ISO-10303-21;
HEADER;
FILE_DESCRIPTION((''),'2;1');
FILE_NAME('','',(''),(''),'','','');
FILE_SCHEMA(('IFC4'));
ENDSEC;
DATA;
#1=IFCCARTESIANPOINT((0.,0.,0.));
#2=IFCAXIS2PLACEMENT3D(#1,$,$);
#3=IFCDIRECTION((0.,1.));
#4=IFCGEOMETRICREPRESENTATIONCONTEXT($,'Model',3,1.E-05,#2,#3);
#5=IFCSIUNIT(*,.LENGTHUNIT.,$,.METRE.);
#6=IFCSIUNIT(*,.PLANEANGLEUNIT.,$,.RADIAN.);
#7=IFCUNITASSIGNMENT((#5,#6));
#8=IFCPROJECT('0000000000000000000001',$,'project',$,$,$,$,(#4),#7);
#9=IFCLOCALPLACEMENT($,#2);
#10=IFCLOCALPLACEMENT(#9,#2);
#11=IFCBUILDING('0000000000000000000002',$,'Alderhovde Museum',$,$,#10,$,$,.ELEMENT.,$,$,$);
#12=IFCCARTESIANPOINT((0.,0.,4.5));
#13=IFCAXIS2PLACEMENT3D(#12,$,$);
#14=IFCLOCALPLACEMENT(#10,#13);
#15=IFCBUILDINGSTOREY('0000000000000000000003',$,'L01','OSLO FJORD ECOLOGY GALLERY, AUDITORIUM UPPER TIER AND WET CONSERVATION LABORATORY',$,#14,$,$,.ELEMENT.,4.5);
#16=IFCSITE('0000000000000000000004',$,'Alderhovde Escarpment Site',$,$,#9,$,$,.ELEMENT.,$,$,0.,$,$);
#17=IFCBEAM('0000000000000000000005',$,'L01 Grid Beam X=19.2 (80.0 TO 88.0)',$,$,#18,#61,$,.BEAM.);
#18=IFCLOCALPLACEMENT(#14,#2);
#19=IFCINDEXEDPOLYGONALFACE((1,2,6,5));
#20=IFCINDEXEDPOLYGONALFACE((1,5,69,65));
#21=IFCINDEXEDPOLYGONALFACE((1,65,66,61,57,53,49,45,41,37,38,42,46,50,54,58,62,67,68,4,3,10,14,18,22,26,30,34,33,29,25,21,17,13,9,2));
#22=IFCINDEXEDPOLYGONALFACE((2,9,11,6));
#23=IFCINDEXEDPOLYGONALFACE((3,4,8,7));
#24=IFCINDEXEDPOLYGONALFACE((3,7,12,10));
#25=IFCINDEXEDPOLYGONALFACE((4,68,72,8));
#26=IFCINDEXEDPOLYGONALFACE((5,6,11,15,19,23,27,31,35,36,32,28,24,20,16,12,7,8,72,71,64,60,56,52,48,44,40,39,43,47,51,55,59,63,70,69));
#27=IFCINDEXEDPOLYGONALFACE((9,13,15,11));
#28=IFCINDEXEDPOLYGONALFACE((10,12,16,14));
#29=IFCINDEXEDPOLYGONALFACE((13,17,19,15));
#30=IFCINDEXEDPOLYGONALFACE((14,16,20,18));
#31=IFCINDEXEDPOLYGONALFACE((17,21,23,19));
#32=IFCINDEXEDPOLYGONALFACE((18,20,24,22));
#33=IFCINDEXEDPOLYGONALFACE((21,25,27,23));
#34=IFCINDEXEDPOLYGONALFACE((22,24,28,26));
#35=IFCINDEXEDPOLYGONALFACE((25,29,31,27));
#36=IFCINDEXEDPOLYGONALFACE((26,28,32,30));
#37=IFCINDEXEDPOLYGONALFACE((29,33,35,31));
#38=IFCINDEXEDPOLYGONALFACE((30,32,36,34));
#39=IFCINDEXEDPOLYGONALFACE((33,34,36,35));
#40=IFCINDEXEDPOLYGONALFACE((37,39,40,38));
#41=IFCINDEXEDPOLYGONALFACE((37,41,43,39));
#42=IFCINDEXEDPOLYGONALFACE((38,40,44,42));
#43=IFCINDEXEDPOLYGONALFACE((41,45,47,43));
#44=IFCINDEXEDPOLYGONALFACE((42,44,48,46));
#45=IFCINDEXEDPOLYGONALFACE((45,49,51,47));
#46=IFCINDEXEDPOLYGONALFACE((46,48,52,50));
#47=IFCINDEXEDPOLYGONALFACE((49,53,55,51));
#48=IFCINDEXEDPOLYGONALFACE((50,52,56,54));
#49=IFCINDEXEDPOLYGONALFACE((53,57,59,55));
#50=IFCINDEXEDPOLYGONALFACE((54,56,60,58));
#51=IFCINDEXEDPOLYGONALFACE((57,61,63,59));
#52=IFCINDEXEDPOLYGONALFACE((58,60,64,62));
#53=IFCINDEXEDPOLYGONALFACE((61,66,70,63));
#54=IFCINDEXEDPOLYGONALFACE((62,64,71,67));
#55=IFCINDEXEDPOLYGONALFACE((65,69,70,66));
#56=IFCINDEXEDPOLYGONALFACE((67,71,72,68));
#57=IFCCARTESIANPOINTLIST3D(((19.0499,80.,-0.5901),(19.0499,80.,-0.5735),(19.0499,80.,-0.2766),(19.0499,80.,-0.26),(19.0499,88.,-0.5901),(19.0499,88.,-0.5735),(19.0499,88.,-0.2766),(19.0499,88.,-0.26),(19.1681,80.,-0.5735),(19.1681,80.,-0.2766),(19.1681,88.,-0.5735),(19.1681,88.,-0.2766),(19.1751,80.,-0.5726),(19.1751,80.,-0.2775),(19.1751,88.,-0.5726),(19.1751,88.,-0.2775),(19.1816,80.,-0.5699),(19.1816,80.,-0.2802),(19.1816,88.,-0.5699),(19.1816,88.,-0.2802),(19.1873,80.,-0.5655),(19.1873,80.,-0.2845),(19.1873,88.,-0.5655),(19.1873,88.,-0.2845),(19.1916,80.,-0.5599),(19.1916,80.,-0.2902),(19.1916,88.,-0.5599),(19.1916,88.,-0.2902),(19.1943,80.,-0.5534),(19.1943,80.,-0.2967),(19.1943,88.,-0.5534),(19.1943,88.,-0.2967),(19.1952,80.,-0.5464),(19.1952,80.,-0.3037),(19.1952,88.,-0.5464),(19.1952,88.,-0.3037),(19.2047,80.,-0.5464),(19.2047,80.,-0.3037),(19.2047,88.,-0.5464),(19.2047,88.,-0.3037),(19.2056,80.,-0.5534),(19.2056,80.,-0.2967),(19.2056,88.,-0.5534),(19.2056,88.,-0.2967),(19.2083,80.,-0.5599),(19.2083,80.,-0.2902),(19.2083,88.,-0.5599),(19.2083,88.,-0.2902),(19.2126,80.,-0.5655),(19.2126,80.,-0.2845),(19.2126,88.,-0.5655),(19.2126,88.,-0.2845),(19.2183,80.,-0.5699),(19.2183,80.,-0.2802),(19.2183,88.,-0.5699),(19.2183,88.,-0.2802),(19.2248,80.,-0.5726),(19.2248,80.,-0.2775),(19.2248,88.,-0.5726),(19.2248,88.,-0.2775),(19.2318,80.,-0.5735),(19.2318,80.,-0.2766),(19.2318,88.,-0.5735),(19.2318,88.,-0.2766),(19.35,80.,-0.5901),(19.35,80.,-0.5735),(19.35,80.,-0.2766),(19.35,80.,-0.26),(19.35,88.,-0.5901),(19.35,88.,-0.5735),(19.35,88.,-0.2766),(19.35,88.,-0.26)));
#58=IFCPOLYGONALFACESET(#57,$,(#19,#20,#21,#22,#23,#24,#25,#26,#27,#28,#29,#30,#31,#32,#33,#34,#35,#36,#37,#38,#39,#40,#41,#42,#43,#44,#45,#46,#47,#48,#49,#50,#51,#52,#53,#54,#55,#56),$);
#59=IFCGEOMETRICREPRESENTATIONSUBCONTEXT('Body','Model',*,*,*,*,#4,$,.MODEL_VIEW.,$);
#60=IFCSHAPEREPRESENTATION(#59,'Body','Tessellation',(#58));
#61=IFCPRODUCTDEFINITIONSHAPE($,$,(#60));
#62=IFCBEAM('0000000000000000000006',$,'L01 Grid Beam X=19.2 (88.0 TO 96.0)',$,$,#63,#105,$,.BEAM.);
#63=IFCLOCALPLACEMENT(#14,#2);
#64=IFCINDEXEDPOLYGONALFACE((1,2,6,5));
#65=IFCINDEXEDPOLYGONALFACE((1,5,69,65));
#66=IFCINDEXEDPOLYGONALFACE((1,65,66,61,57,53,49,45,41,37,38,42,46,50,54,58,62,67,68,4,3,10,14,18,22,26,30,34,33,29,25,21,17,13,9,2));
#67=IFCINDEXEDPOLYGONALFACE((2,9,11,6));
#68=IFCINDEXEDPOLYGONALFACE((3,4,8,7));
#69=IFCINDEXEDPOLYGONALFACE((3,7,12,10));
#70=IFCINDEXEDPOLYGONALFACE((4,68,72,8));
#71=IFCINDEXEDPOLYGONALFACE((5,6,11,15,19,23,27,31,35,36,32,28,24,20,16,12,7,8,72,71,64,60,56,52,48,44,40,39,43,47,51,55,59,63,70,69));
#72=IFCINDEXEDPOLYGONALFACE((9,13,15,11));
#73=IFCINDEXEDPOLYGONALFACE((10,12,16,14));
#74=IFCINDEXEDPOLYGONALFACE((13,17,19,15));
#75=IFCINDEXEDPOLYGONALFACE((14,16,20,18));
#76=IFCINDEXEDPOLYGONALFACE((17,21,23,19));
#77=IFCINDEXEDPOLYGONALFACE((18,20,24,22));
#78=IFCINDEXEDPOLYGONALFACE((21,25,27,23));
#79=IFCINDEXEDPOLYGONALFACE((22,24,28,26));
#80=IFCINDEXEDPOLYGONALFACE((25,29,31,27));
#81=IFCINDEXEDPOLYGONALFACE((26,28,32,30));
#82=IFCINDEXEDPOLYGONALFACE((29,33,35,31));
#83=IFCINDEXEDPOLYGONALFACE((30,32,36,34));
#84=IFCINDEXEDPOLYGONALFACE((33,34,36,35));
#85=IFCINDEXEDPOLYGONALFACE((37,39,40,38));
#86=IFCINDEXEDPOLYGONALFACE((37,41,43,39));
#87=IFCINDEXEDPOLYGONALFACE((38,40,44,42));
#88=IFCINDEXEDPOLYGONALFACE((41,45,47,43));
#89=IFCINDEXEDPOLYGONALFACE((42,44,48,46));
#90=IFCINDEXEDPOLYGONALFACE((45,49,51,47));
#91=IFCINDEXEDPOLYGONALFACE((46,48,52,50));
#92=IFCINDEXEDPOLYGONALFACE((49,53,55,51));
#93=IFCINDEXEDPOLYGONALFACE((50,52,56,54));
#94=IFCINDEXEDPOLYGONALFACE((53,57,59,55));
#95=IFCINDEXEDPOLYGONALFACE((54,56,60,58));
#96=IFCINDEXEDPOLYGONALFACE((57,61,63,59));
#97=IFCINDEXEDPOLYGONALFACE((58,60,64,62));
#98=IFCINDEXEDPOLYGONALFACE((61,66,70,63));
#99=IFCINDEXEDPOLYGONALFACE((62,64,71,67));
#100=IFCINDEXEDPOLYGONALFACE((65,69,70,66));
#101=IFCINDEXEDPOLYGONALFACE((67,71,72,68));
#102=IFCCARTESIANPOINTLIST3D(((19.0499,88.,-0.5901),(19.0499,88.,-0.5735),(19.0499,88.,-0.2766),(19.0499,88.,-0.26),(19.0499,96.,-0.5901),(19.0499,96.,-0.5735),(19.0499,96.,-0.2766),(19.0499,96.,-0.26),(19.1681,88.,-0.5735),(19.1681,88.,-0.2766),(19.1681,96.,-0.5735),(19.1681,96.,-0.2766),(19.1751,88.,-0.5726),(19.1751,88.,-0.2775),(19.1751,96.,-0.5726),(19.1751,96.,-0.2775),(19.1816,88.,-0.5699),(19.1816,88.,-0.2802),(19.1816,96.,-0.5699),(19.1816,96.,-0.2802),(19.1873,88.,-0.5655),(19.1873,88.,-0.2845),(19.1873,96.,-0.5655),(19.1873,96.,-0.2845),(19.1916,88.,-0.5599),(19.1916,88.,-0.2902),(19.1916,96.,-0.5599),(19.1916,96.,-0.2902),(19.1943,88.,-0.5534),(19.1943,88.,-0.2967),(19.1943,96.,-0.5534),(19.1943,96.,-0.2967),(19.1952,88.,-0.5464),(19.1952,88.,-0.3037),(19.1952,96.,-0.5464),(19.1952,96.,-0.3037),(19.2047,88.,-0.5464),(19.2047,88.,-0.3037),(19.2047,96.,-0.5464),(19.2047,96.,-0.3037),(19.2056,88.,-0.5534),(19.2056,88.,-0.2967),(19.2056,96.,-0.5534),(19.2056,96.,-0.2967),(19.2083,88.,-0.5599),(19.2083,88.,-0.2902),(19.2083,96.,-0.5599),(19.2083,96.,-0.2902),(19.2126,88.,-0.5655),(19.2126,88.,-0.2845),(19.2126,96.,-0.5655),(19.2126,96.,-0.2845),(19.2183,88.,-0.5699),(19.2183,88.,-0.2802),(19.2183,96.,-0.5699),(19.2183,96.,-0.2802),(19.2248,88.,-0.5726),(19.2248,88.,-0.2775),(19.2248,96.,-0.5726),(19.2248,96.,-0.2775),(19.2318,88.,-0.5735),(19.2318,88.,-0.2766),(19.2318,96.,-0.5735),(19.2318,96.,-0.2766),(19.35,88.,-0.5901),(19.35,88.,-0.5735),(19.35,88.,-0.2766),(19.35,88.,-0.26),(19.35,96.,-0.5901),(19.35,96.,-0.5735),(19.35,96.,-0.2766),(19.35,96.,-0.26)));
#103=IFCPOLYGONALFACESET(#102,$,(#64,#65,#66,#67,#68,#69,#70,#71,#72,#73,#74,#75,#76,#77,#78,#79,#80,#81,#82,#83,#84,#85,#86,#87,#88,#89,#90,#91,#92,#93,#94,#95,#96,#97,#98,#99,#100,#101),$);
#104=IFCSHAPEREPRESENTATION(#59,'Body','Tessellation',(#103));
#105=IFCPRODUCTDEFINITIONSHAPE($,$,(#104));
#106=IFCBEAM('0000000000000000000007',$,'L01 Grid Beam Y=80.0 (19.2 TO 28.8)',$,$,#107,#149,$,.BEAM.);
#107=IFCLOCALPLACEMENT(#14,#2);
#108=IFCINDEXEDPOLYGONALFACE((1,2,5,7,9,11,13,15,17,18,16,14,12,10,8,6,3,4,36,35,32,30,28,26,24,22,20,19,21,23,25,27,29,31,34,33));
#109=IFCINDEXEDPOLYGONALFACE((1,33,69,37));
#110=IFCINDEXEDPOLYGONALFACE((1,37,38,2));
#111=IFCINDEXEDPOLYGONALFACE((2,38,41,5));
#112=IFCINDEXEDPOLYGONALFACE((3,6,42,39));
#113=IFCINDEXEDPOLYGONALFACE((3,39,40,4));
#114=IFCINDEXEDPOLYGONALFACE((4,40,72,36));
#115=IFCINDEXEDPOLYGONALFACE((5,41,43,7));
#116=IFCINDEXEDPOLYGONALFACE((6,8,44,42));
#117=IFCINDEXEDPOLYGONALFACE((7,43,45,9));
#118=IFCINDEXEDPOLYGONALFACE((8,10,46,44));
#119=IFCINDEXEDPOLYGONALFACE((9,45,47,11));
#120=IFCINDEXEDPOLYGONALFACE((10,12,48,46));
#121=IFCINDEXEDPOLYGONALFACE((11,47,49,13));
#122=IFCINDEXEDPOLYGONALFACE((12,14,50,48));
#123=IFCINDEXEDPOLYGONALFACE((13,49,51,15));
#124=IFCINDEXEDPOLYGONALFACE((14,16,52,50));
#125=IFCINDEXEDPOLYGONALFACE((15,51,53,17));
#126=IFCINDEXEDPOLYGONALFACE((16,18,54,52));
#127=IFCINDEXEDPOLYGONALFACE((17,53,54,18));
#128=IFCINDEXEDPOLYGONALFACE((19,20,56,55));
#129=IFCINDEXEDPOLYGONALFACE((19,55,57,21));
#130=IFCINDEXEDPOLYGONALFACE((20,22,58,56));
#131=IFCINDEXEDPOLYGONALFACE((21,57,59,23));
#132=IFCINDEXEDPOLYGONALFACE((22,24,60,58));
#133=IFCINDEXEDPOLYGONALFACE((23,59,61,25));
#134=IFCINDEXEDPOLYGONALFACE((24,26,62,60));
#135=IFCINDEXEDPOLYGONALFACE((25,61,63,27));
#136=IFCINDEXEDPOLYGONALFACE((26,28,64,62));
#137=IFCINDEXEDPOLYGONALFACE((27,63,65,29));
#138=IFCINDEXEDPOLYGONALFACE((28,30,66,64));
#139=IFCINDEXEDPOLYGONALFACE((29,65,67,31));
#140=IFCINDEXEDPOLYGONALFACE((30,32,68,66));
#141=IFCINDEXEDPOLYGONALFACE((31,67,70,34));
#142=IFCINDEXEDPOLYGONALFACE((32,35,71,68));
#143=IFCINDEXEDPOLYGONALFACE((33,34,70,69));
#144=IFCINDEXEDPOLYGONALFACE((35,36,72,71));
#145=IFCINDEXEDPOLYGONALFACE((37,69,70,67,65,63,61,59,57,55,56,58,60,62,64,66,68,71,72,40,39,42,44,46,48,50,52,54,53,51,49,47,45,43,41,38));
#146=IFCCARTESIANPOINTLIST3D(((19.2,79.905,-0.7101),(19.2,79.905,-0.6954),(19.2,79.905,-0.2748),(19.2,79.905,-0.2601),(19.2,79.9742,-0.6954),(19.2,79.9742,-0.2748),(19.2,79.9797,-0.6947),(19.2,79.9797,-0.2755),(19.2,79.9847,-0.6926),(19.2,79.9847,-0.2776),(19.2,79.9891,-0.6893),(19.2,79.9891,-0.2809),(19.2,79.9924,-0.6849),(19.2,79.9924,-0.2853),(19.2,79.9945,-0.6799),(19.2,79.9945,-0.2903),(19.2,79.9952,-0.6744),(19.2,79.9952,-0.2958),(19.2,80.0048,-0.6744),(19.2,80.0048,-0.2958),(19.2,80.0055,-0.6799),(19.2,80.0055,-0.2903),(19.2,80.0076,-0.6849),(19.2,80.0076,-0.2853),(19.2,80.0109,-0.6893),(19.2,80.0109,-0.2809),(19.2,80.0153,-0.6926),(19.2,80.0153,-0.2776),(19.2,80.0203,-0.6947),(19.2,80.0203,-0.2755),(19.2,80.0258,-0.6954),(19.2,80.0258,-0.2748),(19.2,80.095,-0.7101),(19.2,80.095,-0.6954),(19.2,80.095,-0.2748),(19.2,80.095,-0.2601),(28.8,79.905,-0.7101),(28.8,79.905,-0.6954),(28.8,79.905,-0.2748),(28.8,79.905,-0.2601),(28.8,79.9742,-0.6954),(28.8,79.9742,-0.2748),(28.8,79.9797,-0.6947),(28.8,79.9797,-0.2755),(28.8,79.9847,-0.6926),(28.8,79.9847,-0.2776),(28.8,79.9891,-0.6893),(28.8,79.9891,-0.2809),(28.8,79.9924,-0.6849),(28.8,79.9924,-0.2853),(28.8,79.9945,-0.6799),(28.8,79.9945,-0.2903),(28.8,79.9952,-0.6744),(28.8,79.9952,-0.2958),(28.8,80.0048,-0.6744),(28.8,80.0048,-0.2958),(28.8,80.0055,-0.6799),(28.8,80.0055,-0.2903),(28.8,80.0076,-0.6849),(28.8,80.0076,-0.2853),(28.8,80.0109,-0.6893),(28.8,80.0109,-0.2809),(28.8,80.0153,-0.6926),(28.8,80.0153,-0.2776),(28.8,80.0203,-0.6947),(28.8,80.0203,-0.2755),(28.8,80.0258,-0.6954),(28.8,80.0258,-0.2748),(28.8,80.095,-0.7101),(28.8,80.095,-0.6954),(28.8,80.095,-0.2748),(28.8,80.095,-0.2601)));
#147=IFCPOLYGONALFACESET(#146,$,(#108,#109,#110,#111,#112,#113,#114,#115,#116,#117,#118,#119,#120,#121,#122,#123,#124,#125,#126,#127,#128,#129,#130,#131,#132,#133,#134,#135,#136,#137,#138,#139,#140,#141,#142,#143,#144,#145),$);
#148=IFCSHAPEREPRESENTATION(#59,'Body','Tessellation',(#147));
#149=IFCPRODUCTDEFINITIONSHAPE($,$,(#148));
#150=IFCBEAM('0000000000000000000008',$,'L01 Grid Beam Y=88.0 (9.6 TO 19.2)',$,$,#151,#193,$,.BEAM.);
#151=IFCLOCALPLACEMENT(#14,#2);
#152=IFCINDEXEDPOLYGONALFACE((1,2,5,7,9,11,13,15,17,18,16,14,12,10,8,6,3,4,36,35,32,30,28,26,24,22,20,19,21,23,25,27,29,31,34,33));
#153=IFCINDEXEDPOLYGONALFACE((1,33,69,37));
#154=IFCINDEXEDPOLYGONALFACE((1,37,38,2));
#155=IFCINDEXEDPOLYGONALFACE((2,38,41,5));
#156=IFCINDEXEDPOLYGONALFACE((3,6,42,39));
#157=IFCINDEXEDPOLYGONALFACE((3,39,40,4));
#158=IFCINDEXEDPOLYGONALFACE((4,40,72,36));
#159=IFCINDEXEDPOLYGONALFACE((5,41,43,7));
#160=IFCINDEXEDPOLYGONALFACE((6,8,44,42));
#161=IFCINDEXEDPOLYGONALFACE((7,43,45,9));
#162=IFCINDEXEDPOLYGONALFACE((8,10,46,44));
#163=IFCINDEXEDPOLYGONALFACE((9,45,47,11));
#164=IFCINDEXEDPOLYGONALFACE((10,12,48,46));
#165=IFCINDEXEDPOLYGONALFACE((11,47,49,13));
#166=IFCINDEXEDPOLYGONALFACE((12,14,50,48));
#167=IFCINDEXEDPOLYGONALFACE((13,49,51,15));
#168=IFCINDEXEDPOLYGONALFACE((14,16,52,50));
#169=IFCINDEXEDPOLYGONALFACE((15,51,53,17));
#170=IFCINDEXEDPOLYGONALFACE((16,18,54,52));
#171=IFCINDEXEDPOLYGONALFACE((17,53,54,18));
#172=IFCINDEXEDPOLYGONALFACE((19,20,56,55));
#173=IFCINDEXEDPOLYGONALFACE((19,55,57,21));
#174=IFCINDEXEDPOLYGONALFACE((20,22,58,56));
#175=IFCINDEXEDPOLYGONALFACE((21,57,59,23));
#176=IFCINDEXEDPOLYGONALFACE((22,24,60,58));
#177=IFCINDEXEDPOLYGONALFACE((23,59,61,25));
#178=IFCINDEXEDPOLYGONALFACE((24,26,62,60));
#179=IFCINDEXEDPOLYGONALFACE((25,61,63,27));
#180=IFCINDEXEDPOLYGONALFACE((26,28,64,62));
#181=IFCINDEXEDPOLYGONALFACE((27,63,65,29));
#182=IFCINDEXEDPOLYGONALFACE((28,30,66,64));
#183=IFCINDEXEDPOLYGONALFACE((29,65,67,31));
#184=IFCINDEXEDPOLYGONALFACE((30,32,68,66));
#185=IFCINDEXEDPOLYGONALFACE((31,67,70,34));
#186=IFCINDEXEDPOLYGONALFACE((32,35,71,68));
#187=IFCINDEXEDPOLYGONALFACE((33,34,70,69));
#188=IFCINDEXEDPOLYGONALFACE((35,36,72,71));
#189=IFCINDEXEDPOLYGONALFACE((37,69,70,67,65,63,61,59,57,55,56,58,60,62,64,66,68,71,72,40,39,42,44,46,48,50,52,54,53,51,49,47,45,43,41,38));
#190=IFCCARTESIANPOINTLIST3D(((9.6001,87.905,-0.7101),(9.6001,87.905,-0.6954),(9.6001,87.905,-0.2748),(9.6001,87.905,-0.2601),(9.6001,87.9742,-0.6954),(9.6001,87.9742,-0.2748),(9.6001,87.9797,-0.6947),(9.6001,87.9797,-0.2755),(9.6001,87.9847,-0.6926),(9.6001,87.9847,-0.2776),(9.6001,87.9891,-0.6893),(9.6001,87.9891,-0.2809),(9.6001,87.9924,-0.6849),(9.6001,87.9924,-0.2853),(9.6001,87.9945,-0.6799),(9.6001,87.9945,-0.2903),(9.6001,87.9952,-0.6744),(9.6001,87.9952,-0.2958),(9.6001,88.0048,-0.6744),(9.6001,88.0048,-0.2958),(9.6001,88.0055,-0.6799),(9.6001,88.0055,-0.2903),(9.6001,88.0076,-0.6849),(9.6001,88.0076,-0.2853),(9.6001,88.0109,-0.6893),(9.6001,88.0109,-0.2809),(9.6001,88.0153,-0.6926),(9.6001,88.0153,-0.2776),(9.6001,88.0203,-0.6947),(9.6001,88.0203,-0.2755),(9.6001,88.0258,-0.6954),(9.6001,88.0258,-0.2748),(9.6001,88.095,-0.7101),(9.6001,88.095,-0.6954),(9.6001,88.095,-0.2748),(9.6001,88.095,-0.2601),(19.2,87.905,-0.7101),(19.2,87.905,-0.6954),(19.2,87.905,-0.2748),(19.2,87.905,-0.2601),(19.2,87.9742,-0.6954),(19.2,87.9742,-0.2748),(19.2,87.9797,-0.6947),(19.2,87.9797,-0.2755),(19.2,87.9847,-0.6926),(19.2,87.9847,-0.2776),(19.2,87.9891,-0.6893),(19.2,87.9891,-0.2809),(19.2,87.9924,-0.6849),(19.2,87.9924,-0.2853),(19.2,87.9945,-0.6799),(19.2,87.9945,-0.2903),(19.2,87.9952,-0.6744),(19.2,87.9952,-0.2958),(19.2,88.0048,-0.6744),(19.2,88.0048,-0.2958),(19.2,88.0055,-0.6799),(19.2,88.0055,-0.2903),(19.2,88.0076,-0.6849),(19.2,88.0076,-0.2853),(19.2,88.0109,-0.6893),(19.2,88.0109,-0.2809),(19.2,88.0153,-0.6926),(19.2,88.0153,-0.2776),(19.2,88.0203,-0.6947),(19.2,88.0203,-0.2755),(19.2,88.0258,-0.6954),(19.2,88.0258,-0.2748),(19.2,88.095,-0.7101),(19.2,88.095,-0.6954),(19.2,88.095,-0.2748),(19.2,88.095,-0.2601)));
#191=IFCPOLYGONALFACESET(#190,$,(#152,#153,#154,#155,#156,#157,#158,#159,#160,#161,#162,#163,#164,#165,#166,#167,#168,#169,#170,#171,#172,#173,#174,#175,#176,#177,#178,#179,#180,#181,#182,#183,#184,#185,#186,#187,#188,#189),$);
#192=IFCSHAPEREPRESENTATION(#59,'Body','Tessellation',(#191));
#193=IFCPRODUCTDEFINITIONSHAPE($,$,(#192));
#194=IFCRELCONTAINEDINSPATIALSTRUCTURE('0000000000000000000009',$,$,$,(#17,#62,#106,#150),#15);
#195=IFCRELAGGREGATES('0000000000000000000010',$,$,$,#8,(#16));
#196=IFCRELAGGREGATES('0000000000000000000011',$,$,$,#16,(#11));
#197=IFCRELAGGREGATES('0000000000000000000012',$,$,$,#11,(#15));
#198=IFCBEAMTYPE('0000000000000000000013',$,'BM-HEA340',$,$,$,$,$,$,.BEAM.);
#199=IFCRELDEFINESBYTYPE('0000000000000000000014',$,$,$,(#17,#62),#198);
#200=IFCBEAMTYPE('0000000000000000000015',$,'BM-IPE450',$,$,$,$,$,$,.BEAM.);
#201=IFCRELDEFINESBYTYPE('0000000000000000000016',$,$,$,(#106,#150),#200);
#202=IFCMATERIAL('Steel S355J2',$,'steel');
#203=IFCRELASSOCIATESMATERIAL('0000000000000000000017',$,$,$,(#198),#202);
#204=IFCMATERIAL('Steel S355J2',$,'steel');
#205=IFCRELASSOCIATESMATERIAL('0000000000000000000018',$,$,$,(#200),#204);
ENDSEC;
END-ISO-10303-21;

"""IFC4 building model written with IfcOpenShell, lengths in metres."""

from ifc_helpers import new_model, si_unit, direction, frame, origin, origin_2d, place, context, subcontext, project, spatial, i_section, extrude, material, material_profile, profile_set, type_object, element, save


model = new_model("IFC4")

# Units and contexts
model_context = context("Model", 3, precision=1e-05, world=origin(), true_north=direction((0.0, 1.0)))
body_context = subcontext(model_context, "Body", "Model", "MODEL_VIEW")
ifc_project = project(units=[si_unit("LENGTHUNIT", "METRE"), si_unit("PLANEANGLEUNIT", "RADIAN")], contexts=[model_context])

# Site, building, storey
site_placement = place(None, origin())
site = spatial("IfcSite", under=ifc_project, at=site_placement, Name="Alderhovde Escarpment Site", CompositionType="ELEMENT", RefElevation=0.0)
building_placement = place(site_placement, origin())
building = spatial("IfcBuilding", under=site, at=building_placement, Name="Alderhovde Museum", CompositionType="ELEMENT")
storey_placement = place(building_placement, frame((0.0, 0.0, 4.5)))
storey = spatial("IfcBuildingStorey", under=building, at=storey_placement, Name="L01", Description="OSLO FJORD ECOLOGY GALLERY, AUDITORIUM UPPER TIER AND WET CONSERVATION LABORATORY", CompositionType="ELEMENT", Elevation=4.5)

# Beams
ifc_material_1 = material(Name="Steel S355J2", Category="steel")
ifc_material_profile_1 = material_profile(ifc_material_1, i_section(OverallWidth=0.3, OverallDepth=0.3301, WebThickness=0.0095, FlangeThickness=0.0166, FilletRadius=0.0271, at=origin_2d()), Name="HEA 340")
ifc_profile_set_1 = profile_set([ifc_material_profile_1], Name="Steel S355J2")
beam_type_1 = type_object("IfcBeamType", Name="BM-HEA340", PredefinedType="BEAM", material=ifc_profile_set_1)
for number, where, z_axis, x_axis, name in (
    (1, (19.2, 80.0, -0.425), (0.0, 1.0, 0.0), (-1.0, 0.0, 0.0), "L01 Grid Beam X=19.2 (80.0 TO 88.0)"),
    (2, (19.2, 88.0, -0.425), (0.0, 1.0, 0.0), (-1.0, 0.0, 0.0), "L01 Grid Beam X=19.2 (88.0 TO 96.0)"),
):
    element("IfcBeam", number, at=place(storey_placement, frame(where, z_axis=z_axis, x_axis=x_axis)), inside=storey, type_object=beam_type_1, Name=name, PredefinedType="BEAM", context=body_context, shape_type="SweptSolid", body=[
        extrude(i_section(OverallWidth=0.3, OverallDepth=0.3301, WebThickness=0.0095, FlangeThickness=0.0166, FilletRadius=0.0271, at=origin_2d()), origin(), (0.0, 0.0, 1.0), 8.0),
    ])
ifc_material_2 = material(Name="Steel S355J2", Category="steel")
ifc_material_profile_2 = material_profile(ifc_material_2, i_section(OverallWidth=0.1899, OverallDepth=0.45, WebThickness=0.0095, FlangeThickness=0.0146, FilletRadius=0.021, at=origin_2d()), Name="IPE 450")
ifc_profile_set_2 = profile_set([ifc_material_profile_2], Name="Steel S355J2")
beam_type_2 = type_object("IfcBeamType", Name="BM-IPE450", PredefinedType="BEAM", material=ifc_profile_set_2)
beam_1_placement = place(storey_placement, frame((19.2, 80.0, -0.4851), z_axis=(1.0, 0.0, 0.0), x_axis=(0.0, 1.0, 0.0)))
element("IfcBeam", 3, at=beam_1_placement, inside=storey, type_object=beam_type_2, Name="L01 Grid Beam Y=80.0 (19.2 TO 28.8)", PredefinedType="BEAM", context=body_context, shape_type="SweptSolid", body=[
    extrude(i_section(OverallWidth=0.1899, OverallDepth=0.45, WebThickness=0.0095, FlangeThickness=0.0146, FilletRadius=0.021, at=origin_2d()), origin(), (0.0, 0.0, 1.0), 9.6001),
])
beam_2_placement = place(storey_placement, frame((9.6001, 88.0, -0.4851), z_axis=(1.0, 0.0, 0.0), x_axis=(0.0, 1.0, 0.0)))
element("IfcBeam", 4, at=beam_2_placement, inside=storey, type_object=beam_type_2, Name="L01 Grid Beam Y=88.0 (9.6 TO 19.2)", PredefinedType="BEAM", context=body_context, shape_type="SweptSolid", body=[
    extrude(i_section(OverallWidth=0.1899, OverallDepth=0.45, WebThickness=0.0095, FlangeThickness=0.0146, FilletRadius=0.021, at=origin_2d()), origin(), (0.0, 0.0, 1.0), 9.5999),
])

save(model, "model.ifc")
